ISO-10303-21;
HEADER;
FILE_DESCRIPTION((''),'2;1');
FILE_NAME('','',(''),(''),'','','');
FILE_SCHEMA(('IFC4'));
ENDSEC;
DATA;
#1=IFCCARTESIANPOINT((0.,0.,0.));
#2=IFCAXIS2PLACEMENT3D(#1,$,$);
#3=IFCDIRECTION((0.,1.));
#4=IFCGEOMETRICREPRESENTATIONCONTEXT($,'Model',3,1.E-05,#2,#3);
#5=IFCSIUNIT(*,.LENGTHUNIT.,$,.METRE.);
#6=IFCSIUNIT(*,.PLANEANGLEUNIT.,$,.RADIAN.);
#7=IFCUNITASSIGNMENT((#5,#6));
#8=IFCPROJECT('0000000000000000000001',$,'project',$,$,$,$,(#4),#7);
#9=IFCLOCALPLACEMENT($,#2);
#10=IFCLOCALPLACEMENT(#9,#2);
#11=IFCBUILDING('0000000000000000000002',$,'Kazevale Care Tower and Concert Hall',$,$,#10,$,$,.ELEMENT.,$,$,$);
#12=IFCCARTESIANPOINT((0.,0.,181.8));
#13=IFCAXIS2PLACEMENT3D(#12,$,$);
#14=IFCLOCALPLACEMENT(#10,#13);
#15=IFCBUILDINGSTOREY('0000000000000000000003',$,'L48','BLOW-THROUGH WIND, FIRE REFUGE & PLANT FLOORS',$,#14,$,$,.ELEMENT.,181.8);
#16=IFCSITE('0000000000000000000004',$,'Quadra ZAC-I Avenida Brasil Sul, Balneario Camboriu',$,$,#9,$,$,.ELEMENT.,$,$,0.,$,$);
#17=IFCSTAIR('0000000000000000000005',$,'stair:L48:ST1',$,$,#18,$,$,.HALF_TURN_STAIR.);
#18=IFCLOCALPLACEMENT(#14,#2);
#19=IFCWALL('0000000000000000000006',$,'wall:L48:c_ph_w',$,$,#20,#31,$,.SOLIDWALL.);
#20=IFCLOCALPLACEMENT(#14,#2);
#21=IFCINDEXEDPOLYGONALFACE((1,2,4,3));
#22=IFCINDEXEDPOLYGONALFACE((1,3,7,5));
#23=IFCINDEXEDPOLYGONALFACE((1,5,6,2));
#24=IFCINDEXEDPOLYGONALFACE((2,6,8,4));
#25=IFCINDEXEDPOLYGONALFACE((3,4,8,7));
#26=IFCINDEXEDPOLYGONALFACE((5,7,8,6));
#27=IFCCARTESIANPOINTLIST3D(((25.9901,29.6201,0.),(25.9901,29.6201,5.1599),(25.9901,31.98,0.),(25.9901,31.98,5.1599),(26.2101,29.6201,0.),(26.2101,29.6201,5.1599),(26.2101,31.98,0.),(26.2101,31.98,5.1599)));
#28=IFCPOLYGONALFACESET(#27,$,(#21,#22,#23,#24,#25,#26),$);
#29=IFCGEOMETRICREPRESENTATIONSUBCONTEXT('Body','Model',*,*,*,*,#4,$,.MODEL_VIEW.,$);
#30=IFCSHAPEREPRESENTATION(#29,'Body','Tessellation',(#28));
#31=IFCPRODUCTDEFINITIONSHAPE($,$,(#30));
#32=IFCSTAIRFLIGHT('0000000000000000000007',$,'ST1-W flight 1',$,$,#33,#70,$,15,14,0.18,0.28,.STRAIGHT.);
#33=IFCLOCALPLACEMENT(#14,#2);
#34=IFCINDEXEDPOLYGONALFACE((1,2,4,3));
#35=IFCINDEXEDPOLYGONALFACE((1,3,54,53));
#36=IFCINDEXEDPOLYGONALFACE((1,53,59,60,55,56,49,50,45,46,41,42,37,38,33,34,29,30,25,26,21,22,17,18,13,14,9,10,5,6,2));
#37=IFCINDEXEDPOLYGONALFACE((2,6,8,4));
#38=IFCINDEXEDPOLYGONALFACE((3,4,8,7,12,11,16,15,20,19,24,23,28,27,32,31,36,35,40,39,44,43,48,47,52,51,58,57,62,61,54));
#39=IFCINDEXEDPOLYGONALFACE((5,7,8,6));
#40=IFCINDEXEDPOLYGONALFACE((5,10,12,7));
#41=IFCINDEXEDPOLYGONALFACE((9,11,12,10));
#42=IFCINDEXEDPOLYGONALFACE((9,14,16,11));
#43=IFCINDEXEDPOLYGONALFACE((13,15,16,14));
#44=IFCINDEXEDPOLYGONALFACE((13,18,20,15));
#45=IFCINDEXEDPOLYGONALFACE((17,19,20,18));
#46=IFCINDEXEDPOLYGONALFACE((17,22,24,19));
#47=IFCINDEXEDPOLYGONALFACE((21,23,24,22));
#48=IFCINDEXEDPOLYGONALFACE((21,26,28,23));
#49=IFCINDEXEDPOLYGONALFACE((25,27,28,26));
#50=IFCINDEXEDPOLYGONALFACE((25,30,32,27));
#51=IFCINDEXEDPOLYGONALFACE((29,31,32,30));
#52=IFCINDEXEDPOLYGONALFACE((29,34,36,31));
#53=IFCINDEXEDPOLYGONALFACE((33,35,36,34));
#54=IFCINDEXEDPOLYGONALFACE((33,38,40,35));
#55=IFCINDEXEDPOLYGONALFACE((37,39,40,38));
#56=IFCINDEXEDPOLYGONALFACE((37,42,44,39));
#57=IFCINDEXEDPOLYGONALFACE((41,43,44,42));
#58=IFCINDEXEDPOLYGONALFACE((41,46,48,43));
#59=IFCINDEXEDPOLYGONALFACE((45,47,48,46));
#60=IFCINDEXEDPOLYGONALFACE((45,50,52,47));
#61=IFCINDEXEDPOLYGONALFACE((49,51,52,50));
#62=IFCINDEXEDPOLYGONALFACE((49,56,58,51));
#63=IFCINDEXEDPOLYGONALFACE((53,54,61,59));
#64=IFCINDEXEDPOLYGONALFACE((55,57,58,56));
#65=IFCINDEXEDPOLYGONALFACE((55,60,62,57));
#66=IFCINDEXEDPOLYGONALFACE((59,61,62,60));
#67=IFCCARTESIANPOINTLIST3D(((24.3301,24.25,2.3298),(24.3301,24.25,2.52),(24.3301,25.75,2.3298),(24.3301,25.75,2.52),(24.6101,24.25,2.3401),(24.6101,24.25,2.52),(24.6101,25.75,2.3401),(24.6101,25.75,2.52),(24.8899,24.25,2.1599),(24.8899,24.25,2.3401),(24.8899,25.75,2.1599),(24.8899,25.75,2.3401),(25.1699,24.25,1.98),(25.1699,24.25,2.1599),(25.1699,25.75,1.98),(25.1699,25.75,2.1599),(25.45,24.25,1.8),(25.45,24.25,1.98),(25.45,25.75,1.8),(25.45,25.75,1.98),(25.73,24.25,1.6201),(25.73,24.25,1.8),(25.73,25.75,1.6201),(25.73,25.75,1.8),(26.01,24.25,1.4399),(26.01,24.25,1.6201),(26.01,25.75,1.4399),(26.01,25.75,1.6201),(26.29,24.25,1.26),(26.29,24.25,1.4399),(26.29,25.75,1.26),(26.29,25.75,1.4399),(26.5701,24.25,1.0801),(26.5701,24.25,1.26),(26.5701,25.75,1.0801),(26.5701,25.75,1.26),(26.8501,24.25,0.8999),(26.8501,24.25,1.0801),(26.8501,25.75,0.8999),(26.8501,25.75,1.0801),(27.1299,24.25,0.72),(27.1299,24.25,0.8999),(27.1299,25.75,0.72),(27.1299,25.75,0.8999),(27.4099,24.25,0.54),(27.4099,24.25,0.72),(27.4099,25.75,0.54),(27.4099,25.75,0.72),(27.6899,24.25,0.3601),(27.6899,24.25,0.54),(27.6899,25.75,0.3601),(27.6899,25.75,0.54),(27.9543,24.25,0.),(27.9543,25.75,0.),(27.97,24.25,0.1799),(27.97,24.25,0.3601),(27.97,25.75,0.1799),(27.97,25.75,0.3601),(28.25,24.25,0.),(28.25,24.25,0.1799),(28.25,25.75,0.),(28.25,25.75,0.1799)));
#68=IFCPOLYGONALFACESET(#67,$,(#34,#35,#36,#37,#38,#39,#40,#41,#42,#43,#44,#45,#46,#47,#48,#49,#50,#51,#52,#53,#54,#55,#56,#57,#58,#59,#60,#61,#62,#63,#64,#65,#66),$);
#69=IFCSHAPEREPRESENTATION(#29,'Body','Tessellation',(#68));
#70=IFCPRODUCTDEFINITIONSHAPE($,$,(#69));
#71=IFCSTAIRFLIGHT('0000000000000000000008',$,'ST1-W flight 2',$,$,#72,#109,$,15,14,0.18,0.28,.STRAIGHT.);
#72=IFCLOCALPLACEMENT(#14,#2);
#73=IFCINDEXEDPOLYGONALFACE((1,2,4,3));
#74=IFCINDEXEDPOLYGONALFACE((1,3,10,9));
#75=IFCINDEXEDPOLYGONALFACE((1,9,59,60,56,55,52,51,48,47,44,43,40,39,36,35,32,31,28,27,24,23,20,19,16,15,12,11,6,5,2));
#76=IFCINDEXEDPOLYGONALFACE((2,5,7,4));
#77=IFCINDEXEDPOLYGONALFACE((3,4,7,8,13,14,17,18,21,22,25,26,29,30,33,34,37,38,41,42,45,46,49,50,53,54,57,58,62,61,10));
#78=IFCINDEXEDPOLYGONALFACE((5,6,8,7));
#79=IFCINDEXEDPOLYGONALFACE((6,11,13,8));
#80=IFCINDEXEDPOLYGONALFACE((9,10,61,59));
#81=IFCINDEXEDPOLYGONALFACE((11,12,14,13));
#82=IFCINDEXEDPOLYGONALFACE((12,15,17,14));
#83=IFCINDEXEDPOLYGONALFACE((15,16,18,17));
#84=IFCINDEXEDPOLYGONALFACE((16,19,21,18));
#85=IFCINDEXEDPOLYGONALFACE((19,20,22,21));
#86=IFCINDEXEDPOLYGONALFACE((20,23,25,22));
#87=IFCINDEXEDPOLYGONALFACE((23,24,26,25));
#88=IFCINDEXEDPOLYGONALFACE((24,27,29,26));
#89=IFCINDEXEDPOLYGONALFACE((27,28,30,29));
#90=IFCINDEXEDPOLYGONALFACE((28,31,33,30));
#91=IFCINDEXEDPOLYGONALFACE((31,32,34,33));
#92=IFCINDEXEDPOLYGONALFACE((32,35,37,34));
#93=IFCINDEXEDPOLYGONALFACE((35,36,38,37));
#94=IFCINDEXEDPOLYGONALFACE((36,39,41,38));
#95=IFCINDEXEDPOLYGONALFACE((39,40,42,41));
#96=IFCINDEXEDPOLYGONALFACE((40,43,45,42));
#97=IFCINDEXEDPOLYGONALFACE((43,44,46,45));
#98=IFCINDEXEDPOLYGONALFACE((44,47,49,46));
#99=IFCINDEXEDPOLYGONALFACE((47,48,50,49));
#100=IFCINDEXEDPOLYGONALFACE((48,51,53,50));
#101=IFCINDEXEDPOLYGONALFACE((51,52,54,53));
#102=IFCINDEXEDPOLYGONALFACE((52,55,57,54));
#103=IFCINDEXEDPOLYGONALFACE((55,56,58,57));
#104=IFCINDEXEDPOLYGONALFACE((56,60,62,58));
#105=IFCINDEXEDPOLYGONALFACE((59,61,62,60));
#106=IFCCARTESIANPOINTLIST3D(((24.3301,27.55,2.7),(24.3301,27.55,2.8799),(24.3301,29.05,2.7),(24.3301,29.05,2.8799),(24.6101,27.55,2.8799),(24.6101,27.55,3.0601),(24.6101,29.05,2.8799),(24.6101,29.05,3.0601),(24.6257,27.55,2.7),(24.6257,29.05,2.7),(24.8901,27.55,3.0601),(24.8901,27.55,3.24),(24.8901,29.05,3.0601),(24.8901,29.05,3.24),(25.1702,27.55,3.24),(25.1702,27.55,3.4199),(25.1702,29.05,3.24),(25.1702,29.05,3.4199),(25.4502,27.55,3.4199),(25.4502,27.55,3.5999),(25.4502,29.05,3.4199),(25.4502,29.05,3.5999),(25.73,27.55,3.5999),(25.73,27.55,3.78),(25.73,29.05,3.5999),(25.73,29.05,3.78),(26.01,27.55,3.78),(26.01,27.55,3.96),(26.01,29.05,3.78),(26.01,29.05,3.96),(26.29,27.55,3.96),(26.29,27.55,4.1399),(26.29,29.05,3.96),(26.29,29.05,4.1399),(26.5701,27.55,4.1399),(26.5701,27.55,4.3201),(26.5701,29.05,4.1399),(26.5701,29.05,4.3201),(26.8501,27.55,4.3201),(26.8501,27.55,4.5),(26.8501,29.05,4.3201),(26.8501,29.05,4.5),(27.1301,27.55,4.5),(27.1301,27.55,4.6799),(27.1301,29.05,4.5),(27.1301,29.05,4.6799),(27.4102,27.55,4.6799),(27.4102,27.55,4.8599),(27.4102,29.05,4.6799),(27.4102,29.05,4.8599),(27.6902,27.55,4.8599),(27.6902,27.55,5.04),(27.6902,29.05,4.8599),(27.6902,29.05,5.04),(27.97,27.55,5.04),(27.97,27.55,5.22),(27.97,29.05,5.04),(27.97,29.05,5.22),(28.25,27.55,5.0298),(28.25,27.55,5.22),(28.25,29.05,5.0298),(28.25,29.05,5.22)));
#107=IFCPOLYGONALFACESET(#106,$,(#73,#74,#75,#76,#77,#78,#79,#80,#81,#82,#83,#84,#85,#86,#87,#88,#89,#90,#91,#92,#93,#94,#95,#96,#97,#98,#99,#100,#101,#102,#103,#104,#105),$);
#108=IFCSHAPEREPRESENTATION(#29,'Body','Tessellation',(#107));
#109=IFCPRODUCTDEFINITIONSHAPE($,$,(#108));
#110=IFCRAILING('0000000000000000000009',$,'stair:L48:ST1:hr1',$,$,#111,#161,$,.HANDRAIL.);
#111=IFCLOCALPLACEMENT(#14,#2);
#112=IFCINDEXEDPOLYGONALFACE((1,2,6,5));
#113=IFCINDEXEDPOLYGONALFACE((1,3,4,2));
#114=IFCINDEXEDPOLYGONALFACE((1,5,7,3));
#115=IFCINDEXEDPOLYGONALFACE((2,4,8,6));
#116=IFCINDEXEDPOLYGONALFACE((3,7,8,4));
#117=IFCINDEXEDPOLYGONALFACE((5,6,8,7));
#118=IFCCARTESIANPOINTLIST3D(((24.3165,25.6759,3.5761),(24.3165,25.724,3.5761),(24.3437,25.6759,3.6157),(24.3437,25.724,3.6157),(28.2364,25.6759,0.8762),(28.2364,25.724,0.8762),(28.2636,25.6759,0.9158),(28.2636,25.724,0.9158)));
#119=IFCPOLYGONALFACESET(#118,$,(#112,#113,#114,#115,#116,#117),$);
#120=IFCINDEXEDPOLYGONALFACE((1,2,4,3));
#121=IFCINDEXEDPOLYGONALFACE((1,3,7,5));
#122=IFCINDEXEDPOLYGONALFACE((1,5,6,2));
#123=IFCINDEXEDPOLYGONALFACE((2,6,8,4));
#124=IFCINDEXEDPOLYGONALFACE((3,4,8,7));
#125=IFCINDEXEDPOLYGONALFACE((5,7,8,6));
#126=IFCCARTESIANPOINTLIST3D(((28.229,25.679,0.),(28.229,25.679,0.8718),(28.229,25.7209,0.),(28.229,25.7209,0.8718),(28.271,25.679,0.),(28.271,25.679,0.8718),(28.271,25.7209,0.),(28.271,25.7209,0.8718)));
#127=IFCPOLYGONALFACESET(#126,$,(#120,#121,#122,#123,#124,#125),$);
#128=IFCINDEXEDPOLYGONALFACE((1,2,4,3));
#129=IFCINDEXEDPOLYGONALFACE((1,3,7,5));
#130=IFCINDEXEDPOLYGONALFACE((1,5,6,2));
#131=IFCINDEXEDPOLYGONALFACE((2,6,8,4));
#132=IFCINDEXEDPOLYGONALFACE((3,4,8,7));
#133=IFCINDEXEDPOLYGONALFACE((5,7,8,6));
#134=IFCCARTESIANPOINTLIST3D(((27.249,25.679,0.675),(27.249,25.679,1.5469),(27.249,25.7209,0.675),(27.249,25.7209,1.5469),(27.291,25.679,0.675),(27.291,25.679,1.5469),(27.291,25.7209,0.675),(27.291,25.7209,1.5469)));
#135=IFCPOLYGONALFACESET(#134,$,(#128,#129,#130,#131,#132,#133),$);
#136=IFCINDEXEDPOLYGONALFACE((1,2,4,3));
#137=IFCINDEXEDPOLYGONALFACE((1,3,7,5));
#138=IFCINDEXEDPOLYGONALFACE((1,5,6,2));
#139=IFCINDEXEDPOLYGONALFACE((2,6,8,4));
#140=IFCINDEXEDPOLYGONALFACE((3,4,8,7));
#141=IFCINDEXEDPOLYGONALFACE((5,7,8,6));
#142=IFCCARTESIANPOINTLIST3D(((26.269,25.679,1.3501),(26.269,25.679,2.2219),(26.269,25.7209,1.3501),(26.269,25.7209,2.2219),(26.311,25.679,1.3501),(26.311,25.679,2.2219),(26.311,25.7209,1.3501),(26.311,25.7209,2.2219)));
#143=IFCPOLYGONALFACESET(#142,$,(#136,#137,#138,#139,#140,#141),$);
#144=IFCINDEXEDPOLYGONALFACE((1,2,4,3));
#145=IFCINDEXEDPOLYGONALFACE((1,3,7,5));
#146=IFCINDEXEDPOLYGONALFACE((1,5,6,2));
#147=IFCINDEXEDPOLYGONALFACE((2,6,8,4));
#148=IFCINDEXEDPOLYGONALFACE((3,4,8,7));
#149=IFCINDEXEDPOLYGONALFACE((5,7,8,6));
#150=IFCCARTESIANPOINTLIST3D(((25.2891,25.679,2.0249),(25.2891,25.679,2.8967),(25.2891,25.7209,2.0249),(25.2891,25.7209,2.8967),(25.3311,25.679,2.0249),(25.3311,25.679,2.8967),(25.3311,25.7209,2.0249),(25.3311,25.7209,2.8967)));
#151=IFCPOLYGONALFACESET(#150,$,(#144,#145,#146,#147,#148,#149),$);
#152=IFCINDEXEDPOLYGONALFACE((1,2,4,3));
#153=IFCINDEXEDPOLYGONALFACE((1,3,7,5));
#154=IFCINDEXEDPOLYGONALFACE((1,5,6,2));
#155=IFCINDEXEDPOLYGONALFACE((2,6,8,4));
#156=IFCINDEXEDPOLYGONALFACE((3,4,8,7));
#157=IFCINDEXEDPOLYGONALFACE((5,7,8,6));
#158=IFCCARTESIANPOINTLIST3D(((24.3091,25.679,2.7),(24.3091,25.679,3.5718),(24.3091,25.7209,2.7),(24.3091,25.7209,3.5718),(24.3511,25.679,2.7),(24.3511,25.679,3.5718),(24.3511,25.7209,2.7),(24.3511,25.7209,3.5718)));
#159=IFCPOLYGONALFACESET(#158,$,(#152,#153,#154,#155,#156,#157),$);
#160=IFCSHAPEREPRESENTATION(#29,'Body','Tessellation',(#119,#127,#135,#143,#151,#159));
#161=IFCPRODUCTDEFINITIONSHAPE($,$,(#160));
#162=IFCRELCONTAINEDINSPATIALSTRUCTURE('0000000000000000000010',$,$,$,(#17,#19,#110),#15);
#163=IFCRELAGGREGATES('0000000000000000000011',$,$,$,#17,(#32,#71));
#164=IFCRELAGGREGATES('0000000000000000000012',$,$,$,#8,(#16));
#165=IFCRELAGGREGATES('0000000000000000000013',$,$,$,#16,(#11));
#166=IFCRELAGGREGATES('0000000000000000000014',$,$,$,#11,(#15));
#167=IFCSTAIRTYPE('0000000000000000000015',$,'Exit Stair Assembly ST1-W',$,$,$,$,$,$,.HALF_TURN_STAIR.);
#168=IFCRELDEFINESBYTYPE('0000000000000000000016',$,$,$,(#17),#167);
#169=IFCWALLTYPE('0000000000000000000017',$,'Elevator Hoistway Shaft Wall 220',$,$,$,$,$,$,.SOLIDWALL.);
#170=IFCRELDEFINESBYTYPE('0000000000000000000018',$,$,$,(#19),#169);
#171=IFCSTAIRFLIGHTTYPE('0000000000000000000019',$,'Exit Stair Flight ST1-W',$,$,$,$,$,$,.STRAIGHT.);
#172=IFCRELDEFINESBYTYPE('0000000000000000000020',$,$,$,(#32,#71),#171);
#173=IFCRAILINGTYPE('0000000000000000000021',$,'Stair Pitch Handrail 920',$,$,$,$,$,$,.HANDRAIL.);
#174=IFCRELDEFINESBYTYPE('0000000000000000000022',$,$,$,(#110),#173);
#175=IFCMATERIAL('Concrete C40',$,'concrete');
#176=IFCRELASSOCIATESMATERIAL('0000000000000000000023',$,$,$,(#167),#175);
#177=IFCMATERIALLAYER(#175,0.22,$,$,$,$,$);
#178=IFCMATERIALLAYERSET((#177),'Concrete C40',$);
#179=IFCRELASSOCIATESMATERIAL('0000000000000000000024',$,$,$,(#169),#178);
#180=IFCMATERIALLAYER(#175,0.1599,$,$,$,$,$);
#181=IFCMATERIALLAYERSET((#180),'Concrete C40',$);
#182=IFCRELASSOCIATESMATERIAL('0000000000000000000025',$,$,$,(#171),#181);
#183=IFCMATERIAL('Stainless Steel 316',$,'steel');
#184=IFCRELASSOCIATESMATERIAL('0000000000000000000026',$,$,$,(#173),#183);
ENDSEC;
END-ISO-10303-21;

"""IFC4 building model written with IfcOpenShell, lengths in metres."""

from ifc_helpers import new_model, si_unit, direction, frame, frame_2d, origin, origin_2d, place, context, subcontext, project, spatial, polyline, rectangle, outline, extrude, material, layer, layer_set, type_object, element, aggregate, save


model = new_model("IFC4")

# Units and contexts
model_context = context("Model", 3, precision=1e-05, world=origin(), true_north=direction((0.0, 1.0)))
body_context = subcontext(model_context, "Body", "Model", "MODEL_VIEW")
ifc_project = project(units=[si_unit("LENGTHUNIT", "METRE"), si_unit("PLANEANGLEUNIT", "RADIAN")], contexts=[model_context])

# Site, building, storey
site_placement = place(None, origin())
site = spatial("IfcSite", under=ifc_project, at=site_placement, Name="Quadra ZAC-I Avenida Brasil Sul, Balneario Camboriu", CompositionType="ELEMENT", RefElevation=0.0)
building_placement = place(site_placement, origin())
building = spatial("IfcBuilding", under=site, at=building_placement, Name="Kazevale Care Tower and Concert Hall", CompositionType="ELEMENT")
storey_placement = place(building_placement, frame((0.0, 0.0, 181.8)))
storey = spatial("IfcBuildingStorey", under=building, at=storey_placement, Name="L48", Description="BLOW-THROUGH WIND, FIRE REFUGE & PLANT FLOORS", CompositionType="ELEMENT", Elevation=181.8)

# Stair
ifc_material_1 = material(Name="Concrete C40", Category="concrete")
stair_type = type_object("IfcStairType", Name="Exit Stair Assembly ST1-W", PredefinedType="HALF_TURN_STAIR", material=ifc_material_1)
stair_1_placement = place(storey_placement, origin())
stair_1 = element("IfcStair", 1, at=stair_1_placement, inside=storey, type_object=stair_type, Name="stair:L48:ST1", PredefinedType="HALF_TURN_STAIR")

# Wall
ifc_layer_1 = layer(ifc_material_1, 0.22)
ifc_layer_set_1 = layer_set([ifc_layer_1], Name="Concrete C40")
wall_type_1 = type_object("IfcWallType", Name="Elevator Hoistway Shaft Wall 220", PredefinedType="SOLIDWALL", material=ifc_layer_set_1)
wall_1_placement = place(storey_placement, frame((26.1001, 29.6201, 0.0), z_axis=(0.0, 0.0, 1.0), x_axis=(0.0, 1.0, 0.0)))
element("IfcWall", 2, at=wall_1_placement, inside=storey, type_object=wall_type_1, Name="wall:L48:c_ph_w", PredefinedType="SOLIDWALL", context=body_context, shape_type="SweptSolid", body=[
    extrude(rectangle(XDim=2.3599, YDim=0.22, at=frame_2d((1.1799, 0.0))), origin(), (0.0, 0.0, 1.0), 5.1599),
])

# Stair flights
ifc_layer_2 = layer(ifc_material_1, 0.1599)
ifc_layer_set_2 = layer_set([ifc_layer_2], Name="Concrete C40")
stair_flight_type = type_object("IfcStairFlightType", Name="Exit Stair Flight ST1-W", PredefinedType="STRAIGHT", material=ifc_layer_set_2)
stair_flight_1_placement = place(storey_placement, frame((28.25, 25.0, 0.0), z_axis=(0.0, 0.0, 1.0), x_axis=(-1.0, 0.0, 0.0)))
stair_flight_1 = element("IfcStairFlight", 3, at=stair_flight_1_placement, type_object=stair_flight_type, Name="ST1-W flight 1", NumberOfRisers=15, NumberOfTreads=14, PredefinedType="STRAIGHT", RiserHeight=0.18, TreadLength=0.28, context=body_context, shape_type="SweptSolid", body=[
    extrude(outline(polyline([(0.0, 0.0), (0.0, 0.1799), (0.28, 0.1799), (0.28, 0.3601), (0.5601, 0.3601), (0.5601, 0.54), (0.8401, 0.54), (0.8401, 0.72), (1.1201, 0.72), (1.1201, 0.8999), (1.3999, 0.8999), (1.3999, 1.0801), (1.6799, 1.0801), (1.6799, 1.26), (1.96, 1.26), (1.96, 1.4399), (2.24, 1.4399), (2.24, 1.6201), (2.52, 1.6201), (2.52, 1.8), (2.8, 1.8), (2.8, 1.98), (3.0801, 1.98), (3.0801, 2.1599), (3.3601, 2.1599), (3.3601, 2.3401), (3.6399, 2.3401), (3.6399, 2.52), (3.9199, 2.52), (3.9199, 2.7), (3.9199, 2.3298), (0.2957, 0.0), (0.0, 0.0)])), frame((0.0, 0.75, 0.0), z_axis=(0.0, -1.0, 0.0), x_axis=(1.0, 0.0, 0.0)), (0.0, 0.0, 1.0), 1.5),
])
stair_flight_2_placement = place(storey_placement, frame((24.3301, 28.3, 2.7), z_axis=(0.0, 0.0, 1.0), x_axis=(1.0, 0.0, 0.0)))
stair_flight_2 = element("IfcStairFlight", 4, at=stair_flight_2_placement, type_object=stair_flight_type, Name="ST1-W flight 2", NumberOfRisers=15, NumberOfTreads=14, PredefinedType="STRAIGHT", RiserHeight=0.18, TreadLength=0.28, context=body_context, shape_type="SweptSolid", body=[
    extrude(outline(polyline([(0.0, 0.0), (0.0, 0.1799), (0.28, 0.1799), (0.28, 0.3601), (0.5601, 0.3601), (0.5601, 0.54), (0.8401, 0.54), (0.8401, 0.72), (1.1201, 0.72), (1.1201, 0.8999), (1.3999, 0.8999), (1.3999, 1.0801), (1.6799, 1.0801), (1.6799, 1.26), (1.96, 1.26), (1.96, 1.4399), (2.24, 1.4399), (2.24, 1.6201), (2.52, 1.6201), (2.52, 1.8), (2.8, 1.8), (2.8, 1.98), (3.0801, 1.98), (3.0801, 2.1599), (3.3601, 2.1599), (3.3601, 2.3401), (3.6399, 2.3401), (3.6399, 2.52), (3.9199, 2.52), (3.9199, 2.7), (3.9199, 2.3298), (0.2957, 0.0), (0.0, 0.0)])), frame((0.0, 0.75, 0.0), z_axis=(0.0, -1.0, 0.0), x_axis=(1.0, 0.0, 0.0)), (0.0, 0.0, 1.0), 1.5),
])
aggregate(stair_1, [stair_flight_1, stair_flight_2])

# Railing
ifc_material_2 = material(Name="Stainless Steel 316", Category="steel")
railing_type_1 = type_object("IfcRailingType", Name="Stair Pitch Handrail 920", PredefinedType="HANDRAIL", material=ifc_material_2)
railing_1_placement = place(storey_placement, frame((28.25, 25.7, 0.0)))
element("IfcRailing", 5, at=railing_1_placement, inside=storey, type_object=railing_type_1, Name="stair:L48:ST1:hr1", PredefinedType="HANDRAIL", context=body_context, shape_type="SweptSolid", body=[
    extrude(rectangle(XDim=0.0481, YDim=0.0481, at=origin_2d()), frame((0.0, 0.0, 0.896), z_axis=(-0.823551, 0.0, 0.567243), x_axis=(0.0, -1.0, 0.0)), (0.0, 0.0, 1.0), 4.7598),
    extrude(rectangle(XDim=0.042, YDim=0.042, at=origin_2d()), origin(), (0.0, 0.0, 1.0), 0.8718),
    extrude(rectangle(XDim=0.042, YDim=0.042, at=origin_2d()), frame((-0.98, 0.0, 0.675)), (0.0, 0.0, 1.0), 0.8718),
    extrude(rectangle(XDim=0.042, YDim=0.042, at=origin_2d()), frame((-1.96, 0.0, 1.3501)), (0.0, 0.0, 1.0), 0.8718),
    extrude(rectangle(XDim=0.042, YDim=0.042, at=origin_2d()), frame((-2.9399, 0.0, 2.0249)), (0.0, 0.0, 1.0), 0.8718),
    extrude(rectangle(XDim=0.042, YDim=0.042, at=origin_2d()), frame((-3.9199, 0.0, 2.7)), (0.0, 0.0, 1.0), 0.8718),
])

save(model, "model.ifc")
